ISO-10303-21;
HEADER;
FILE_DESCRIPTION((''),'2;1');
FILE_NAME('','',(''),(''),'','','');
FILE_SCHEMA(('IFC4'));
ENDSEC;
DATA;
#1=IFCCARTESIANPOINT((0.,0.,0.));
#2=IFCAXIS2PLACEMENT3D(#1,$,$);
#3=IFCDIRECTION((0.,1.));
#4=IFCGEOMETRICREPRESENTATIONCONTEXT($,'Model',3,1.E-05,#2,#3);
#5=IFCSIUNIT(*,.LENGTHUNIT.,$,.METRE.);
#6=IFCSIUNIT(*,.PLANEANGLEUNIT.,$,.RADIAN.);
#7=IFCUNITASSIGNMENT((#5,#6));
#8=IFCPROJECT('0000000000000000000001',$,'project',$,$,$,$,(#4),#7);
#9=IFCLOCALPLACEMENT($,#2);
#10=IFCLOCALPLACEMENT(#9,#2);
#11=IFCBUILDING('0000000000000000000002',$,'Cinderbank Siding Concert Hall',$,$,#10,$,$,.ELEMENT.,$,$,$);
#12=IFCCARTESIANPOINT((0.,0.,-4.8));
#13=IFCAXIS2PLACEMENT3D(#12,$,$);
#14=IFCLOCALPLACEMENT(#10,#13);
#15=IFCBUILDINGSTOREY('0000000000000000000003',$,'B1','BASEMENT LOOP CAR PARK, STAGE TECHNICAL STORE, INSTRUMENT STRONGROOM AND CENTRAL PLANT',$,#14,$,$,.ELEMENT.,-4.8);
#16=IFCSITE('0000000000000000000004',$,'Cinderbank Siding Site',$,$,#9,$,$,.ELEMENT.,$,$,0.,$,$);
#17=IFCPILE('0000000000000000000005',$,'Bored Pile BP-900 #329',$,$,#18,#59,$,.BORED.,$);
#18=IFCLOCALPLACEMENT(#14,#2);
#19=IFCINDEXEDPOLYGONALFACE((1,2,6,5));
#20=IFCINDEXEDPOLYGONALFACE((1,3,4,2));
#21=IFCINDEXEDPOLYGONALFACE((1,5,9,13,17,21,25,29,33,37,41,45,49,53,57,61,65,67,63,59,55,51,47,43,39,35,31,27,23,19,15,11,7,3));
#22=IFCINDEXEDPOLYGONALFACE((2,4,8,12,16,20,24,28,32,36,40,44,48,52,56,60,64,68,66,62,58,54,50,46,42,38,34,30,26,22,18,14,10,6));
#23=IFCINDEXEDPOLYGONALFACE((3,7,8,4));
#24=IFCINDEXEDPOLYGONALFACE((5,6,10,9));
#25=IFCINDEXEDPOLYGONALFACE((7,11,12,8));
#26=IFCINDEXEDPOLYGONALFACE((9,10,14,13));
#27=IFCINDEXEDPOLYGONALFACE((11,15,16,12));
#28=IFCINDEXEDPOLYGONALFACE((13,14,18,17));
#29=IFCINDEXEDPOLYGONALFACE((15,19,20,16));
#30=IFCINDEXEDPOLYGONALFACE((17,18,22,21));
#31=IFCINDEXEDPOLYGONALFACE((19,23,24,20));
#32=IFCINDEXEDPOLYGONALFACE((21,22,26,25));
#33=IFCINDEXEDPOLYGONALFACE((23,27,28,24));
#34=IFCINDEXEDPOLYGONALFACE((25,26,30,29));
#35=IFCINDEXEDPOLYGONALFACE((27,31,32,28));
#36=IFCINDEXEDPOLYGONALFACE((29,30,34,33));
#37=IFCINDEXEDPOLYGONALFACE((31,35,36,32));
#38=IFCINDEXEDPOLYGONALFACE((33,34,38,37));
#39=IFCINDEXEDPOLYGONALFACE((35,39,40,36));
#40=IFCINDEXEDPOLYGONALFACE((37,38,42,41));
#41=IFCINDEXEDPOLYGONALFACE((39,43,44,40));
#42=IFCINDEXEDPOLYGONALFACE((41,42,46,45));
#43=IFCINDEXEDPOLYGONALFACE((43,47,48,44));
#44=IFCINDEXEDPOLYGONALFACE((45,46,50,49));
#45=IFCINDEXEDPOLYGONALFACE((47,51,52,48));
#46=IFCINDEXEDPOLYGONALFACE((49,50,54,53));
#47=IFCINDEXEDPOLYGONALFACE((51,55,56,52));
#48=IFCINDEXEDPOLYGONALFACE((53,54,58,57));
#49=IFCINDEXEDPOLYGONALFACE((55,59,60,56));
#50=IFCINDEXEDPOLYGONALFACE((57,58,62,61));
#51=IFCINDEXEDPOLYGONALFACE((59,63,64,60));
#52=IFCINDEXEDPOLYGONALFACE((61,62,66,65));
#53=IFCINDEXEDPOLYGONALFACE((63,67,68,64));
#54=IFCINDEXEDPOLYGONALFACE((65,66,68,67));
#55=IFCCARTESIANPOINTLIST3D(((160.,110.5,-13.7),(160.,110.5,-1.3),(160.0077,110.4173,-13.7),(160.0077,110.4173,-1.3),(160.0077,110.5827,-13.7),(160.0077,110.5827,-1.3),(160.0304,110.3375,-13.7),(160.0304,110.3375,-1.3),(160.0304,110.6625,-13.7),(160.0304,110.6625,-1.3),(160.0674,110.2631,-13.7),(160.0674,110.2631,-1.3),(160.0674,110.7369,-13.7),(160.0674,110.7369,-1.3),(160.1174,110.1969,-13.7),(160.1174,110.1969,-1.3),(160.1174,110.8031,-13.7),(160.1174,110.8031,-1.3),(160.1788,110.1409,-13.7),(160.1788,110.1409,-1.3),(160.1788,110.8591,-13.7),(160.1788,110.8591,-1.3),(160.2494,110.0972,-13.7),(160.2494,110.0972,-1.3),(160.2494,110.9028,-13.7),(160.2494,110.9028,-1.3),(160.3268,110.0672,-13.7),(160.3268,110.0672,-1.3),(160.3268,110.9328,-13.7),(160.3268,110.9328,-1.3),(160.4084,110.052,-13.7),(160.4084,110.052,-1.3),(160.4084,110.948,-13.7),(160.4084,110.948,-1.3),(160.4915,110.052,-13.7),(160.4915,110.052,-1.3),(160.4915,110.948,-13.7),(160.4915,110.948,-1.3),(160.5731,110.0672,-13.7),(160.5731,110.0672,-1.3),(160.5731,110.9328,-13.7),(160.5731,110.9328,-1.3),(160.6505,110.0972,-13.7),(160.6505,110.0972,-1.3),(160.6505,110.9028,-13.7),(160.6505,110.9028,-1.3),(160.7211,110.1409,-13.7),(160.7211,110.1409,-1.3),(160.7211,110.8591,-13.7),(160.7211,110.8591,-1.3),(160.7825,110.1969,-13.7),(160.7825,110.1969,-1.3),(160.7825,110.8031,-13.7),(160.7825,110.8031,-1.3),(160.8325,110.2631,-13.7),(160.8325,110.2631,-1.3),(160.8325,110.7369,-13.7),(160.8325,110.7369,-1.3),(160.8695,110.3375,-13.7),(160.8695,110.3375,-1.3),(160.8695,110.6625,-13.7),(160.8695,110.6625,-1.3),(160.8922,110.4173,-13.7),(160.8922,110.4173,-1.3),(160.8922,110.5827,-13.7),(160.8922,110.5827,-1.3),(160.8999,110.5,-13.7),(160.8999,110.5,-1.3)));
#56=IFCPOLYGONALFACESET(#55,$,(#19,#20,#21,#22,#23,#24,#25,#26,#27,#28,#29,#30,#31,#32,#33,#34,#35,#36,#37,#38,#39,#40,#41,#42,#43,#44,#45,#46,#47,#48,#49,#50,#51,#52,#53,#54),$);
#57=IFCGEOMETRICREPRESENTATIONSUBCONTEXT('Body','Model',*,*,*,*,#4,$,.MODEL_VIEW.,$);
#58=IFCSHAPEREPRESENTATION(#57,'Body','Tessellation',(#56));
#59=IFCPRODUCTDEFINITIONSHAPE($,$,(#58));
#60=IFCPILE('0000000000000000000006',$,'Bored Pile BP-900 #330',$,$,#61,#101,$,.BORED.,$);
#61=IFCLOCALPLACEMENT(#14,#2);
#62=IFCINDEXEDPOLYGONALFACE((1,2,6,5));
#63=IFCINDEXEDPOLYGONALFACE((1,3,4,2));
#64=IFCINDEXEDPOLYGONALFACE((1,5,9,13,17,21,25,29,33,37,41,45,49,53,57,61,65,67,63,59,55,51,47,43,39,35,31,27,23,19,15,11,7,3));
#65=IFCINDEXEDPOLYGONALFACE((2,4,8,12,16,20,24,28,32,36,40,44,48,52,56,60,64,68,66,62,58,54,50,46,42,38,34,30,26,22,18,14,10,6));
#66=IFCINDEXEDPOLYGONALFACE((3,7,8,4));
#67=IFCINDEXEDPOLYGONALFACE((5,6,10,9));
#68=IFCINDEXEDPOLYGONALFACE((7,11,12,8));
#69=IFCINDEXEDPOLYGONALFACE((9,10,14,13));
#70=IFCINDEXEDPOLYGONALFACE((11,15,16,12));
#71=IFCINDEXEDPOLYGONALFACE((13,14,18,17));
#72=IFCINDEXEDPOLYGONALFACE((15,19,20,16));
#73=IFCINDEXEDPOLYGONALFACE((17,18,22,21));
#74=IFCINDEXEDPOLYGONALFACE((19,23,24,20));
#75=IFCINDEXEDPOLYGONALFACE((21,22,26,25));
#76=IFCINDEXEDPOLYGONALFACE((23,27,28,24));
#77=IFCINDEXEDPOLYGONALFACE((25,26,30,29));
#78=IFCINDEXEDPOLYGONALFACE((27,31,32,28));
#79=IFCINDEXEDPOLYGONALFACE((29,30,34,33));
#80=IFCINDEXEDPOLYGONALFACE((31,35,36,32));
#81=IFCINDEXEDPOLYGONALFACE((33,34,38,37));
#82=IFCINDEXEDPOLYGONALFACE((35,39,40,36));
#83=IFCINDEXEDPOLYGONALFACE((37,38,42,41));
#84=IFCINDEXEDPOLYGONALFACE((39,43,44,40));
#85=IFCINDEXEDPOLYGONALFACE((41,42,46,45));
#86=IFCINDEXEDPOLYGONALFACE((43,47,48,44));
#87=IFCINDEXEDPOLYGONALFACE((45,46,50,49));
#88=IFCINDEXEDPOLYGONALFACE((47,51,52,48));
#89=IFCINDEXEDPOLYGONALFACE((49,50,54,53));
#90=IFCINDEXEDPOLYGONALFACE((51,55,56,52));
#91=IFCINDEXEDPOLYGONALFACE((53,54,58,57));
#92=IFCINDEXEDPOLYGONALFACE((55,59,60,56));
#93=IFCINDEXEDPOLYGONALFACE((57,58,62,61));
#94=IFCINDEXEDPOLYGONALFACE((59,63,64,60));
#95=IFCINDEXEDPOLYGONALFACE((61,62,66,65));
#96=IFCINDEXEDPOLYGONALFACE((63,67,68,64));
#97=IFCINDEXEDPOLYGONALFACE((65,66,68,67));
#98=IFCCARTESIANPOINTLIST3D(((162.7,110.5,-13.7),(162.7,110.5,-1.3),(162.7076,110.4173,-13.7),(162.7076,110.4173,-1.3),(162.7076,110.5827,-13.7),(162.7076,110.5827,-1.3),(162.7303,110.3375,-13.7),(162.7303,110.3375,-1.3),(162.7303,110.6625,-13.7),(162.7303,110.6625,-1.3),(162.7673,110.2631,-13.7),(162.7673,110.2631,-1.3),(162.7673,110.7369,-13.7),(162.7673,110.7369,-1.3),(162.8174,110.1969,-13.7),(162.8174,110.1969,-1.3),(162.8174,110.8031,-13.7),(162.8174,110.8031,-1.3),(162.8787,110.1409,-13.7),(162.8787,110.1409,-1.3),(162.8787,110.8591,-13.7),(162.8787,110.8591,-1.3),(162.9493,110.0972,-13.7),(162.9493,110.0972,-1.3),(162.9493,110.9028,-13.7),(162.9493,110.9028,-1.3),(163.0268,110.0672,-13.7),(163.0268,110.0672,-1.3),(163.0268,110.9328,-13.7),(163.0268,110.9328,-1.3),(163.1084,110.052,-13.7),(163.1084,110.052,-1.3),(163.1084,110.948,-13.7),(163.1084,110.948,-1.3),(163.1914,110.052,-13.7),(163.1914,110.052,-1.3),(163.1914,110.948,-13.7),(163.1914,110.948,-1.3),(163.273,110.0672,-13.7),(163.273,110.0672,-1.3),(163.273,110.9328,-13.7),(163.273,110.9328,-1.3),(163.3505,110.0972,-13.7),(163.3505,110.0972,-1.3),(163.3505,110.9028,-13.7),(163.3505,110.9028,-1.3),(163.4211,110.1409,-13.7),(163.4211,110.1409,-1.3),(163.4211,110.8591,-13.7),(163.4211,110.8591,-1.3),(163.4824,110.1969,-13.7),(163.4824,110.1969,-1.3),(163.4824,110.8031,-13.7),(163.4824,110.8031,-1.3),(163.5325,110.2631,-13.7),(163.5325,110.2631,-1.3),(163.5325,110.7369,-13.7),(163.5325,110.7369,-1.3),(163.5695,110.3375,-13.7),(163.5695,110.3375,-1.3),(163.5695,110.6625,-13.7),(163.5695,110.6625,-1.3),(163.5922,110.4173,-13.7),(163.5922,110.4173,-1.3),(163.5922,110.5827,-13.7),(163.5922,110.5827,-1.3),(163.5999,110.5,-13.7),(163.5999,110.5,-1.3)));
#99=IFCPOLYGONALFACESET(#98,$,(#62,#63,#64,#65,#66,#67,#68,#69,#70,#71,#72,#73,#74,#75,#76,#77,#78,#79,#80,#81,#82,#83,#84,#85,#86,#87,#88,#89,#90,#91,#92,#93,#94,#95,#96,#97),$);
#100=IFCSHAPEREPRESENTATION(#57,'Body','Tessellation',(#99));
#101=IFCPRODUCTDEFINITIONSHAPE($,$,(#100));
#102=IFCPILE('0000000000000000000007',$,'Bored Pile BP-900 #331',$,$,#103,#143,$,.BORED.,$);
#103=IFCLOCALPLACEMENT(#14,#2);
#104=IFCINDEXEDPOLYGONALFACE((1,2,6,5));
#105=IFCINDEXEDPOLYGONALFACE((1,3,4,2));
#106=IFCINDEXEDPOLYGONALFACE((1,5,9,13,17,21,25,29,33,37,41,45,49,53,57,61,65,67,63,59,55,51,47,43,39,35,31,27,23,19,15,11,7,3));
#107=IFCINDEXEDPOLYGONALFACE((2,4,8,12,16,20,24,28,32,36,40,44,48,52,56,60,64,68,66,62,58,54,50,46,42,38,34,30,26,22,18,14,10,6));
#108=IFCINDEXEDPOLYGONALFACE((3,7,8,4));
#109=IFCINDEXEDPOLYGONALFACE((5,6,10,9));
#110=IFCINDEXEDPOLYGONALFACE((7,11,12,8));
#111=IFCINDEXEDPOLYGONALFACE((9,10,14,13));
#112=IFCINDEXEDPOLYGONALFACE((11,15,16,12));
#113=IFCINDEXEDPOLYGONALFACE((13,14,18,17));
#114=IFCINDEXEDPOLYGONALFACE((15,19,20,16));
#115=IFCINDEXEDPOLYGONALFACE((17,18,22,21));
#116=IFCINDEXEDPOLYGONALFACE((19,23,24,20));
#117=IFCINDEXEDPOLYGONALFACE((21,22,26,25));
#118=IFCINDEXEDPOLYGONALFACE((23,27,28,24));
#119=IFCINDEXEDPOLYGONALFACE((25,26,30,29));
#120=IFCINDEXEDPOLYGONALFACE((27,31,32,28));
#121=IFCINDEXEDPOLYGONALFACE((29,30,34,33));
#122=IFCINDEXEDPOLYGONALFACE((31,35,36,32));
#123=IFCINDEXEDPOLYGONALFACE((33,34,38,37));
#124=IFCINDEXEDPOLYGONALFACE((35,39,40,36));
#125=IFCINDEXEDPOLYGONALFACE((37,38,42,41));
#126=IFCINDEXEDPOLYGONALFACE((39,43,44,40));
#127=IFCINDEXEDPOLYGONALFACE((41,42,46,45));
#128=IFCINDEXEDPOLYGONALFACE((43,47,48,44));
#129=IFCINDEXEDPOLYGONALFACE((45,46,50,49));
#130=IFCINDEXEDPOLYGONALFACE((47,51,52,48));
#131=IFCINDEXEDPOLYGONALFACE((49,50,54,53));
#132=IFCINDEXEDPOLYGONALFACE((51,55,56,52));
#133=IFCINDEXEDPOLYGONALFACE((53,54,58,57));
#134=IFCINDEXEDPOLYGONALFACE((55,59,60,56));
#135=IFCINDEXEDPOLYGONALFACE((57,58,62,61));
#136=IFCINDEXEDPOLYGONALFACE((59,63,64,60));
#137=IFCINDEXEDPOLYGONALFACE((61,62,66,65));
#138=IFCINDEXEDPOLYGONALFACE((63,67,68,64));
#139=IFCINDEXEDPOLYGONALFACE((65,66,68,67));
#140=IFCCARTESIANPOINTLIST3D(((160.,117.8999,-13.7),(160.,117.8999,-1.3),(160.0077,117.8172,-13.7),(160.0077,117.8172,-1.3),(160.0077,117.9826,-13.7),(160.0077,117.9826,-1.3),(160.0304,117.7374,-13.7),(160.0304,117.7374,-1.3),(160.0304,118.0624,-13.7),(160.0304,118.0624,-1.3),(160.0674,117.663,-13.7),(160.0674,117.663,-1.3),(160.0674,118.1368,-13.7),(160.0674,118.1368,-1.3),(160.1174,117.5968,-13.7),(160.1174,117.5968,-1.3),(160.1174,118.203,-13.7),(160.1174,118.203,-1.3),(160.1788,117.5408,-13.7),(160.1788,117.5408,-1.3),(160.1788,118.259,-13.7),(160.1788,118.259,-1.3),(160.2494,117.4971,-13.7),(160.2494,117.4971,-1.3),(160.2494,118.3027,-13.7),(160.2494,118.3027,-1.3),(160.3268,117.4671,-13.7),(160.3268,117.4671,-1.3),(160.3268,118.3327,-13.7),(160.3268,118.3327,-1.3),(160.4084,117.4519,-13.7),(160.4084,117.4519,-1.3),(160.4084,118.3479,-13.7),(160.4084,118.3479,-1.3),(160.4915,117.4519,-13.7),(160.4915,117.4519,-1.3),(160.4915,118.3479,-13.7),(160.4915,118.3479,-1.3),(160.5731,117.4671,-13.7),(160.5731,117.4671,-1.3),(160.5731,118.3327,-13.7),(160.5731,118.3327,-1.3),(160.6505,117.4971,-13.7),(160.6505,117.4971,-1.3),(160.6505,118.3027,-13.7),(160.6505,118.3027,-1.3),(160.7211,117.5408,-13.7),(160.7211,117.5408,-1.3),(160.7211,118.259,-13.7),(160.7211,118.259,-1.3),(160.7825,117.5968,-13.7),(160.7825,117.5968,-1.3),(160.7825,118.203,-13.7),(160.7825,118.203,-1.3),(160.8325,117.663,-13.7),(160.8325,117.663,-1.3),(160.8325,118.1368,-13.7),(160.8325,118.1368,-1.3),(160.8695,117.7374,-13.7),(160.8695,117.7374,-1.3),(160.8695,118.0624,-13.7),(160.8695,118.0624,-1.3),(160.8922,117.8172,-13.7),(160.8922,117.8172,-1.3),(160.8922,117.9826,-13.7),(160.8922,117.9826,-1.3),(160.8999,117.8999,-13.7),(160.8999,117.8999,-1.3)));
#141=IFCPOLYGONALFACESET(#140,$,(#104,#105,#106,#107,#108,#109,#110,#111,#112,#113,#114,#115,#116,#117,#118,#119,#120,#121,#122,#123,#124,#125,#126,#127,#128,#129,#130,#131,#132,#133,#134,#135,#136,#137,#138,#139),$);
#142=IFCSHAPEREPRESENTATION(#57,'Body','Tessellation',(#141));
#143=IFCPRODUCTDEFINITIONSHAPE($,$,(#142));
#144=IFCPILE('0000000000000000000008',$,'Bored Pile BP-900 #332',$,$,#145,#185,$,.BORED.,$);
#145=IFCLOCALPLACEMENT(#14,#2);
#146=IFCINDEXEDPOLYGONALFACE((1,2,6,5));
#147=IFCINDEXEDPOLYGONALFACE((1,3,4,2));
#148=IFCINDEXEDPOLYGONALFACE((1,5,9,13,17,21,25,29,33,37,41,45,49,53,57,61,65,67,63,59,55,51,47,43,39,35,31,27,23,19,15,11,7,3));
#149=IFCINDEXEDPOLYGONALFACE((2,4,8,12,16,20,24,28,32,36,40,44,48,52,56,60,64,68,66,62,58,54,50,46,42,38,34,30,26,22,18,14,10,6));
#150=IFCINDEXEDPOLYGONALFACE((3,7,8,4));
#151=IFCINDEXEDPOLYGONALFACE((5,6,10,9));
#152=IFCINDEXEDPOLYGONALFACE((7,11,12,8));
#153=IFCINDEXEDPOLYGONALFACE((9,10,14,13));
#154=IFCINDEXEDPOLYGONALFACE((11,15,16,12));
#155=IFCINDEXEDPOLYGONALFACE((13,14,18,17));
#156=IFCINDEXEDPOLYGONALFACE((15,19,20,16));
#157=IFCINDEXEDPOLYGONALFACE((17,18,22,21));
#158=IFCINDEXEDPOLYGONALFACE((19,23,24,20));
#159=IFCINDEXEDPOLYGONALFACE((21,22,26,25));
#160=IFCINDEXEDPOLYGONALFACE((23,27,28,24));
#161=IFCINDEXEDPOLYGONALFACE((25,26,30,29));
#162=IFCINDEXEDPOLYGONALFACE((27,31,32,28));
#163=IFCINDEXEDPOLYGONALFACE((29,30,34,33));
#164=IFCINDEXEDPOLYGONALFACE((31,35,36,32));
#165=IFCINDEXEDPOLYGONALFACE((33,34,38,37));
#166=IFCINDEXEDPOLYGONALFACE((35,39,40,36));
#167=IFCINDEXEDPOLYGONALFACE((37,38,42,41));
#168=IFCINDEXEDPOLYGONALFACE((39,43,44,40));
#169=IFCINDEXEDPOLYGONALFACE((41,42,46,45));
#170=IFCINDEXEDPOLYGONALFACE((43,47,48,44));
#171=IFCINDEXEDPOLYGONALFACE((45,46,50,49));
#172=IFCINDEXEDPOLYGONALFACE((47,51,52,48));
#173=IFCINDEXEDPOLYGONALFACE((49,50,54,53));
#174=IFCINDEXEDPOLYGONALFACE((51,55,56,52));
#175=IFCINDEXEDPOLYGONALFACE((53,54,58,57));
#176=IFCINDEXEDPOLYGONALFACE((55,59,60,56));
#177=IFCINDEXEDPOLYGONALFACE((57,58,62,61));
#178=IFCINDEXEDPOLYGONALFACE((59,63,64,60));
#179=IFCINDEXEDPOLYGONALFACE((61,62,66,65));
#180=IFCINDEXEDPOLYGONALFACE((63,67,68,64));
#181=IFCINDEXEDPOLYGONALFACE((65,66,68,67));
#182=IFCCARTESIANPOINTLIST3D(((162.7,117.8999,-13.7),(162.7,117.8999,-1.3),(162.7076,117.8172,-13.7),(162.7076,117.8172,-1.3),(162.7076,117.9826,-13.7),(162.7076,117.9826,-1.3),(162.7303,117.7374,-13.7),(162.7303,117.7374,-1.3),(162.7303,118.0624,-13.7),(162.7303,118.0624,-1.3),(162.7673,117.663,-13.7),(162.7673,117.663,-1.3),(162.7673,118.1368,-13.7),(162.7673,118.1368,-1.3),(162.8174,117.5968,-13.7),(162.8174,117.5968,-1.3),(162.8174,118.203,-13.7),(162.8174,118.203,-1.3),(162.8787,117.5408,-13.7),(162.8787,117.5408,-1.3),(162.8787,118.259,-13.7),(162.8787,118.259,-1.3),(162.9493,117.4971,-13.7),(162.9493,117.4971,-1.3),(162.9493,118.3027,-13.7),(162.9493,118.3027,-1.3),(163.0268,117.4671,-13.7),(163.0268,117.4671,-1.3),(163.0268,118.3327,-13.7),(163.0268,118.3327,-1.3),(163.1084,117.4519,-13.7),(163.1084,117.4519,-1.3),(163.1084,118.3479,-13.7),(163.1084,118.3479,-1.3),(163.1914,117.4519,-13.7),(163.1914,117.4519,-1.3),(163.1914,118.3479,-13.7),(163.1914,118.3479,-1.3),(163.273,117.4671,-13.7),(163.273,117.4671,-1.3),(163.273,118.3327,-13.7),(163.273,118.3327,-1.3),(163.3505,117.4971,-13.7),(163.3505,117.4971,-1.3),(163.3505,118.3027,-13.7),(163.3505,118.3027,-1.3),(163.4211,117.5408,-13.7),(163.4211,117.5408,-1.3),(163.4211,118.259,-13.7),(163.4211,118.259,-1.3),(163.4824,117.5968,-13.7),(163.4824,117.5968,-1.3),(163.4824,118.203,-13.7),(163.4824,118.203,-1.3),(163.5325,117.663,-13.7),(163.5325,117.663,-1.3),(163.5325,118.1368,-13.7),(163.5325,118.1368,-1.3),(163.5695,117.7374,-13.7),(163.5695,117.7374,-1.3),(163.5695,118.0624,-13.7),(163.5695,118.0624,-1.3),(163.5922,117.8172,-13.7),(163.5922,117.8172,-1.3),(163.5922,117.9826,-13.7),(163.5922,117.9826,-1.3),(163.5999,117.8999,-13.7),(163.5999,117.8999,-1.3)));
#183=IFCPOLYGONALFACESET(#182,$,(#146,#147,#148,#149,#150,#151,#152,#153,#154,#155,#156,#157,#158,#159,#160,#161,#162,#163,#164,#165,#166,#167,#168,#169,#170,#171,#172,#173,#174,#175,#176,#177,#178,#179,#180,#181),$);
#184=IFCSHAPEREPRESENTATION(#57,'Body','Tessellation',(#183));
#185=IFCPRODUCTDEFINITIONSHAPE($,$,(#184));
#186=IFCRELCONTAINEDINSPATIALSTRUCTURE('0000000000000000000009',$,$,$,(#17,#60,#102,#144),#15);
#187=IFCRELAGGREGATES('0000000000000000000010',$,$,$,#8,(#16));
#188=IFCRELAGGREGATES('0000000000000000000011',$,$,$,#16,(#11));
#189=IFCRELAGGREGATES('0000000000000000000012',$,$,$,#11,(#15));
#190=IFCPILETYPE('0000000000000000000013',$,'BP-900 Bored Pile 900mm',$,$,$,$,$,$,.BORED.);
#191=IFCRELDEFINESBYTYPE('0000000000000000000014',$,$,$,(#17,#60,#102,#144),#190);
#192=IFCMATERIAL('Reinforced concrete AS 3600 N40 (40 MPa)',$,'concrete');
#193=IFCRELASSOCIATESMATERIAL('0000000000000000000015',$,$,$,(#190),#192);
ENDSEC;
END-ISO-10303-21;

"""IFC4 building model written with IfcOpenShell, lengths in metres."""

from ifc_helpers import new_model, si_unit, direction, frame, origin, origin_2d, place, context, subcontext, project, spatial, circle, extrude, material, material_profile, profile_set, type_object, element, save


model = new_model("IFC4")

# Units and contexts
model_context = context("Model", 3, precision=1e-05, world=origin(), true_north=direction((0.0, 1.0)))
body_context = subcontext(model_context, "Body", "Model", "MODEL_VIEW")
ifc_project = project(units=[si_unit("LENGTHUNIT", "METRE"), si_unit("PLANEANGLEUNIT", "RADIAN")], contexts=[model_context])

# Site, building, storey
site_placement = place(None, origin())
site = spatial("IfcSite", under=ifc_project, at=site_placement, Name="Cinderbank Siding Site", CompositionType="ELEMENT", RefElevation=0.0)
building_placement = place(site_placement, origin())
building = spatial("IfcBuilding", under=site, at=building_placement, Name="Cinderbank Siding Concert Hall", CompositionType="ELEMENT")
storey_placement = place(building_placement, frame((0.0, 0.0, -4.8)))
storey = spatial("IfcBuildingStorey", under=building, at=storey_placement, Name="B1", Description="BASEMENT LOOP CAR PARK, STAGE TECHNICAL STORE, INSTRUMENT STRONGROOM AND CENTRAL PLANT", CompositionType="ELEMENT", Elevation=-4.8)

# Piles
ifc_material_1 = material(Name="Reinforced concrete AS 3600 N40 (40 MPa)", Category="concrete")
ifc_material_profile_1 = material_profile(ifc_material_1, circle(Radius=0.45, at=origin_2d()), Name="PILE-900DIA", Category="LoadBearing")
ifc_profile_set_1 = profile_set([ifc_material_profile_1], Name="Reinforced concrete AS 3600 N40 (40 MPa)")
pile_type = type_object("IfcPileType", Name="BP-900 Bored Pile 900mm", PredefinedType="BORED", material=ifc_profile_set_1)
for number, where, z_axis, x_axis, name in (
    (1, (160.45, 110.5, -1.3), (0.0, 0.0, -1.0), (1.0, 0.0, 0.0), "Bored Pile BP-900 #329"),
    (2, (163.1499, 110.5, -1.3), (0.0, 0.0, -1.0), (1.0, 0.0, 0.0), "Bored Pile BP-900 #330"),
    (3, (160.45, 117.8999, -1.3), (0.0, 0.0, -1.0), (1.0, 0.0, 0.0), "Bored Pile BP-900 #331"),
    (4, (163.1499, 117.8999, -1.3), (0.0, 0.0, -1.0), (1.0, 0.0, 0.0), "Bored Pile BP-900 #332"),
):
    element("IfcPile", number, at=place(storey_placement, frame(where, z_axis=z_axis, x_axis=x_axis)), inside=storey, type_object=pile_type, Name=name, PredefinedType="BORED", context=body_context, shape_type="SweptSolid", body=[
        extrude(circle(Radius=0.45, at=origin_2d()), origin(), (0.0, 0.0, 1.0), 12.3999),
    ])

save(model, "model.ifc")
